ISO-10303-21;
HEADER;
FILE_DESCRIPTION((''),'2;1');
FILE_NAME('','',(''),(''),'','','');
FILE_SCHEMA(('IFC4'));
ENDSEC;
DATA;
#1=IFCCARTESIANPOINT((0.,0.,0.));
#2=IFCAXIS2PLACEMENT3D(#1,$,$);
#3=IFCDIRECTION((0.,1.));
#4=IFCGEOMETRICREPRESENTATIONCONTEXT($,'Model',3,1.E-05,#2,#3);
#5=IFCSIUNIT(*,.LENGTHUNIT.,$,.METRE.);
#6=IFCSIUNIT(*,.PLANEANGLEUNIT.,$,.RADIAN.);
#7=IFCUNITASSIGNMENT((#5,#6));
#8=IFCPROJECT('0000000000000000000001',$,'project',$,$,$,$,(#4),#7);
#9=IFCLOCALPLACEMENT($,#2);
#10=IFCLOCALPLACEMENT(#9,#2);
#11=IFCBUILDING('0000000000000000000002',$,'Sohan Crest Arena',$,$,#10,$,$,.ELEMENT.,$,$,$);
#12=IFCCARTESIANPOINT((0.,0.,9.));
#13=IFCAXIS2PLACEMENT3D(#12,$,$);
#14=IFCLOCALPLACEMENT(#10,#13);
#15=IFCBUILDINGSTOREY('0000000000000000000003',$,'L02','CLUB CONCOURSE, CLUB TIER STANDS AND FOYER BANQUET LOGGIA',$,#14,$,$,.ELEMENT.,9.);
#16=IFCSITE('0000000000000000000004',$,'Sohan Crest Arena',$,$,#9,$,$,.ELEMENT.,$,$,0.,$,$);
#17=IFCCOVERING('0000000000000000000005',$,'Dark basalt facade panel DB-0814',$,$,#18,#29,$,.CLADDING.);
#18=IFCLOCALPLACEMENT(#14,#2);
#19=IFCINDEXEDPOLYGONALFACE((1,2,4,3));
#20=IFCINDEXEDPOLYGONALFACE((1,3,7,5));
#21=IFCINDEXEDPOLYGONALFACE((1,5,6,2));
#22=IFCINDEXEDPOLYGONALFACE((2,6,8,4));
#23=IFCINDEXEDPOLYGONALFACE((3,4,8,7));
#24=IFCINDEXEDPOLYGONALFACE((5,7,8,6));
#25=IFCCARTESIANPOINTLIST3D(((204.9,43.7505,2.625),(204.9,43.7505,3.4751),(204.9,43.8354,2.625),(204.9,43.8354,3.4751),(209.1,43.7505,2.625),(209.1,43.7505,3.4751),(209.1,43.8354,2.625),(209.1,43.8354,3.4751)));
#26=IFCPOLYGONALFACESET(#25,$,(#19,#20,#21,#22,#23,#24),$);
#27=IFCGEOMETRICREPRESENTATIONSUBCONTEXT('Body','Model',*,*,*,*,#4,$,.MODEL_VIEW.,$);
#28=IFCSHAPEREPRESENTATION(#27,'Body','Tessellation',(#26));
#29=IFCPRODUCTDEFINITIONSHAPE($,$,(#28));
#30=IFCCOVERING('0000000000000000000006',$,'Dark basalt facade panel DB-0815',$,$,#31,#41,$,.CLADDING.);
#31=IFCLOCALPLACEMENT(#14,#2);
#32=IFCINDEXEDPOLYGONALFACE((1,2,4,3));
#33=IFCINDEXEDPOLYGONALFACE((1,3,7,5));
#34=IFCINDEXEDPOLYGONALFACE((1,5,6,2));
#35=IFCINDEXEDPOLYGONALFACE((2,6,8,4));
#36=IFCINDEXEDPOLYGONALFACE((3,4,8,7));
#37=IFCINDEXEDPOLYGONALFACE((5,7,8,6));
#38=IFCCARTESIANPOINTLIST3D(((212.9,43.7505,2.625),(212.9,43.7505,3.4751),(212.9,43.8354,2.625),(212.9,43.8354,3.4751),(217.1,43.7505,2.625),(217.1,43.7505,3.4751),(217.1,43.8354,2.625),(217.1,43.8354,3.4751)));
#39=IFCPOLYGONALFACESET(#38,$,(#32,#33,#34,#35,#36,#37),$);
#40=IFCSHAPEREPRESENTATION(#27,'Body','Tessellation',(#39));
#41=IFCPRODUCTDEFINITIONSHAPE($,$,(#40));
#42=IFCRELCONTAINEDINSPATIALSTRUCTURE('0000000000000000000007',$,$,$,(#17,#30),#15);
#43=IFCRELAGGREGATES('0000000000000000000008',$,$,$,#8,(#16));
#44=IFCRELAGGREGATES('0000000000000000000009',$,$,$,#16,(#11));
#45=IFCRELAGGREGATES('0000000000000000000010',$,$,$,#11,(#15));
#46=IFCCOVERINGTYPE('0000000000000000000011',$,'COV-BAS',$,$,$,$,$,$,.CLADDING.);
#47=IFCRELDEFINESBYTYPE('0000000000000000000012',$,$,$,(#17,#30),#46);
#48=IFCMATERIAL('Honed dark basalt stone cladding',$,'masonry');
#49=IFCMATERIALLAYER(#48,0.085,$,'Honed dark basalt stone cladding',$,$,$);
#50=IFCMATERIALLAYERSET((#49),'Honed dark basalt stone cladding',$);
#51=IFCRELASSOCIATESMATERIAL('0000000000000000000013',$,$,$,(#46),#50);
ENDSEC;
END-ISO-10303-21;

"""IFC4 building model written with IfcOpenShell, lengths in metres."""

from ifc_helpers import new_model, si_unit, direction, frame, origin, origin_2d, place, context, subcontext, project, spatial, rectangle, extrude, material, layer, layer_set, type_object, element, save


model = new_model("IFC4")

# Units and contexts
model_context = context("Model", 3, precision=1e-05, world=origin(), true_north=direction((0.0, 1.0)))
body_context = subcontext(model_context, "Body", "Model", "MODEL_VIEW")
ifc_project = project(units=[si_unit("LENGTHUNIT", "METRE"), si_unit("PLANEANGLEUNIT", "RADIAN")], contexts=[model_context])

# Site, building, storey
site_placement = place(None, origin())
site = spatial("IfcSite", under=ifc_project, at=site_placement, Name="Sohan Crest Arena", CompositionType="ELEMENT", RefElevation=0.0)
building_placement = place(site_placement, origin())
building = spatial("IfcBuilding", under=site, at=building_placement, Name="Sohan Crest Arena", CompositionType="ELEMENT")
storey_placement = place(building_placement, frame((0.0, 0.0, 9.0)))
storey = spatial("IfcBuildingStorey", under=building, at=storey_placement, Name="L02", Description="CLUB CONCOURSE, CLUB TIER STANDS AND FOYER BANQUET LOGGIA", CompositionType="ELEMENT", Elevation=9.0)

# Coverings
ifc_material_1 = material(Name="Honed dark basalt stone cladding", Category="masonry")
ifc_layer_1 = layer(ifc_material_1, 0.085, Name="Honed dark basalt stone cladding")
ifc_layer_set_1 = layer_set([ifc_layer_1], Name="Honed dark basalt stone cladding")
covering_type = type_object("IfcCoveringType", Name="COV-BAS", PredefinedType="CLADDING", material=ifc_layer_set_1)
for number, where, z_axis, x_axis, name in (
    (1, (207.0, 43.793, 2.625), (0.0, 0.0, 1.0), (1.0, 0.0, 0.0), "Dark basalt facade panel DB-0814"),
    (2, (215.0, 43.793, 2.625), (0.0, 0.0, 1.0), (1.0, 0.0, 0.0), "Dark basalt facade panel DB-0815"),
):
    element("IfcCovering", number, at=place(storey_placement, frame(where, z_axis=z_axis, x_axis=x_axis)), inside=storey, type_object=covering_type, Name=name, PredefinedType="CLADDING", context=body_context, shape_type="SweptSolid", body=[
        extrude(rectangle(XDim=4.2, YDim=0.085, at=origin_2d()), origin(), (0.0, 0.0, 1.0), 0.8501),
    ])

save(model, "model.ifc")
